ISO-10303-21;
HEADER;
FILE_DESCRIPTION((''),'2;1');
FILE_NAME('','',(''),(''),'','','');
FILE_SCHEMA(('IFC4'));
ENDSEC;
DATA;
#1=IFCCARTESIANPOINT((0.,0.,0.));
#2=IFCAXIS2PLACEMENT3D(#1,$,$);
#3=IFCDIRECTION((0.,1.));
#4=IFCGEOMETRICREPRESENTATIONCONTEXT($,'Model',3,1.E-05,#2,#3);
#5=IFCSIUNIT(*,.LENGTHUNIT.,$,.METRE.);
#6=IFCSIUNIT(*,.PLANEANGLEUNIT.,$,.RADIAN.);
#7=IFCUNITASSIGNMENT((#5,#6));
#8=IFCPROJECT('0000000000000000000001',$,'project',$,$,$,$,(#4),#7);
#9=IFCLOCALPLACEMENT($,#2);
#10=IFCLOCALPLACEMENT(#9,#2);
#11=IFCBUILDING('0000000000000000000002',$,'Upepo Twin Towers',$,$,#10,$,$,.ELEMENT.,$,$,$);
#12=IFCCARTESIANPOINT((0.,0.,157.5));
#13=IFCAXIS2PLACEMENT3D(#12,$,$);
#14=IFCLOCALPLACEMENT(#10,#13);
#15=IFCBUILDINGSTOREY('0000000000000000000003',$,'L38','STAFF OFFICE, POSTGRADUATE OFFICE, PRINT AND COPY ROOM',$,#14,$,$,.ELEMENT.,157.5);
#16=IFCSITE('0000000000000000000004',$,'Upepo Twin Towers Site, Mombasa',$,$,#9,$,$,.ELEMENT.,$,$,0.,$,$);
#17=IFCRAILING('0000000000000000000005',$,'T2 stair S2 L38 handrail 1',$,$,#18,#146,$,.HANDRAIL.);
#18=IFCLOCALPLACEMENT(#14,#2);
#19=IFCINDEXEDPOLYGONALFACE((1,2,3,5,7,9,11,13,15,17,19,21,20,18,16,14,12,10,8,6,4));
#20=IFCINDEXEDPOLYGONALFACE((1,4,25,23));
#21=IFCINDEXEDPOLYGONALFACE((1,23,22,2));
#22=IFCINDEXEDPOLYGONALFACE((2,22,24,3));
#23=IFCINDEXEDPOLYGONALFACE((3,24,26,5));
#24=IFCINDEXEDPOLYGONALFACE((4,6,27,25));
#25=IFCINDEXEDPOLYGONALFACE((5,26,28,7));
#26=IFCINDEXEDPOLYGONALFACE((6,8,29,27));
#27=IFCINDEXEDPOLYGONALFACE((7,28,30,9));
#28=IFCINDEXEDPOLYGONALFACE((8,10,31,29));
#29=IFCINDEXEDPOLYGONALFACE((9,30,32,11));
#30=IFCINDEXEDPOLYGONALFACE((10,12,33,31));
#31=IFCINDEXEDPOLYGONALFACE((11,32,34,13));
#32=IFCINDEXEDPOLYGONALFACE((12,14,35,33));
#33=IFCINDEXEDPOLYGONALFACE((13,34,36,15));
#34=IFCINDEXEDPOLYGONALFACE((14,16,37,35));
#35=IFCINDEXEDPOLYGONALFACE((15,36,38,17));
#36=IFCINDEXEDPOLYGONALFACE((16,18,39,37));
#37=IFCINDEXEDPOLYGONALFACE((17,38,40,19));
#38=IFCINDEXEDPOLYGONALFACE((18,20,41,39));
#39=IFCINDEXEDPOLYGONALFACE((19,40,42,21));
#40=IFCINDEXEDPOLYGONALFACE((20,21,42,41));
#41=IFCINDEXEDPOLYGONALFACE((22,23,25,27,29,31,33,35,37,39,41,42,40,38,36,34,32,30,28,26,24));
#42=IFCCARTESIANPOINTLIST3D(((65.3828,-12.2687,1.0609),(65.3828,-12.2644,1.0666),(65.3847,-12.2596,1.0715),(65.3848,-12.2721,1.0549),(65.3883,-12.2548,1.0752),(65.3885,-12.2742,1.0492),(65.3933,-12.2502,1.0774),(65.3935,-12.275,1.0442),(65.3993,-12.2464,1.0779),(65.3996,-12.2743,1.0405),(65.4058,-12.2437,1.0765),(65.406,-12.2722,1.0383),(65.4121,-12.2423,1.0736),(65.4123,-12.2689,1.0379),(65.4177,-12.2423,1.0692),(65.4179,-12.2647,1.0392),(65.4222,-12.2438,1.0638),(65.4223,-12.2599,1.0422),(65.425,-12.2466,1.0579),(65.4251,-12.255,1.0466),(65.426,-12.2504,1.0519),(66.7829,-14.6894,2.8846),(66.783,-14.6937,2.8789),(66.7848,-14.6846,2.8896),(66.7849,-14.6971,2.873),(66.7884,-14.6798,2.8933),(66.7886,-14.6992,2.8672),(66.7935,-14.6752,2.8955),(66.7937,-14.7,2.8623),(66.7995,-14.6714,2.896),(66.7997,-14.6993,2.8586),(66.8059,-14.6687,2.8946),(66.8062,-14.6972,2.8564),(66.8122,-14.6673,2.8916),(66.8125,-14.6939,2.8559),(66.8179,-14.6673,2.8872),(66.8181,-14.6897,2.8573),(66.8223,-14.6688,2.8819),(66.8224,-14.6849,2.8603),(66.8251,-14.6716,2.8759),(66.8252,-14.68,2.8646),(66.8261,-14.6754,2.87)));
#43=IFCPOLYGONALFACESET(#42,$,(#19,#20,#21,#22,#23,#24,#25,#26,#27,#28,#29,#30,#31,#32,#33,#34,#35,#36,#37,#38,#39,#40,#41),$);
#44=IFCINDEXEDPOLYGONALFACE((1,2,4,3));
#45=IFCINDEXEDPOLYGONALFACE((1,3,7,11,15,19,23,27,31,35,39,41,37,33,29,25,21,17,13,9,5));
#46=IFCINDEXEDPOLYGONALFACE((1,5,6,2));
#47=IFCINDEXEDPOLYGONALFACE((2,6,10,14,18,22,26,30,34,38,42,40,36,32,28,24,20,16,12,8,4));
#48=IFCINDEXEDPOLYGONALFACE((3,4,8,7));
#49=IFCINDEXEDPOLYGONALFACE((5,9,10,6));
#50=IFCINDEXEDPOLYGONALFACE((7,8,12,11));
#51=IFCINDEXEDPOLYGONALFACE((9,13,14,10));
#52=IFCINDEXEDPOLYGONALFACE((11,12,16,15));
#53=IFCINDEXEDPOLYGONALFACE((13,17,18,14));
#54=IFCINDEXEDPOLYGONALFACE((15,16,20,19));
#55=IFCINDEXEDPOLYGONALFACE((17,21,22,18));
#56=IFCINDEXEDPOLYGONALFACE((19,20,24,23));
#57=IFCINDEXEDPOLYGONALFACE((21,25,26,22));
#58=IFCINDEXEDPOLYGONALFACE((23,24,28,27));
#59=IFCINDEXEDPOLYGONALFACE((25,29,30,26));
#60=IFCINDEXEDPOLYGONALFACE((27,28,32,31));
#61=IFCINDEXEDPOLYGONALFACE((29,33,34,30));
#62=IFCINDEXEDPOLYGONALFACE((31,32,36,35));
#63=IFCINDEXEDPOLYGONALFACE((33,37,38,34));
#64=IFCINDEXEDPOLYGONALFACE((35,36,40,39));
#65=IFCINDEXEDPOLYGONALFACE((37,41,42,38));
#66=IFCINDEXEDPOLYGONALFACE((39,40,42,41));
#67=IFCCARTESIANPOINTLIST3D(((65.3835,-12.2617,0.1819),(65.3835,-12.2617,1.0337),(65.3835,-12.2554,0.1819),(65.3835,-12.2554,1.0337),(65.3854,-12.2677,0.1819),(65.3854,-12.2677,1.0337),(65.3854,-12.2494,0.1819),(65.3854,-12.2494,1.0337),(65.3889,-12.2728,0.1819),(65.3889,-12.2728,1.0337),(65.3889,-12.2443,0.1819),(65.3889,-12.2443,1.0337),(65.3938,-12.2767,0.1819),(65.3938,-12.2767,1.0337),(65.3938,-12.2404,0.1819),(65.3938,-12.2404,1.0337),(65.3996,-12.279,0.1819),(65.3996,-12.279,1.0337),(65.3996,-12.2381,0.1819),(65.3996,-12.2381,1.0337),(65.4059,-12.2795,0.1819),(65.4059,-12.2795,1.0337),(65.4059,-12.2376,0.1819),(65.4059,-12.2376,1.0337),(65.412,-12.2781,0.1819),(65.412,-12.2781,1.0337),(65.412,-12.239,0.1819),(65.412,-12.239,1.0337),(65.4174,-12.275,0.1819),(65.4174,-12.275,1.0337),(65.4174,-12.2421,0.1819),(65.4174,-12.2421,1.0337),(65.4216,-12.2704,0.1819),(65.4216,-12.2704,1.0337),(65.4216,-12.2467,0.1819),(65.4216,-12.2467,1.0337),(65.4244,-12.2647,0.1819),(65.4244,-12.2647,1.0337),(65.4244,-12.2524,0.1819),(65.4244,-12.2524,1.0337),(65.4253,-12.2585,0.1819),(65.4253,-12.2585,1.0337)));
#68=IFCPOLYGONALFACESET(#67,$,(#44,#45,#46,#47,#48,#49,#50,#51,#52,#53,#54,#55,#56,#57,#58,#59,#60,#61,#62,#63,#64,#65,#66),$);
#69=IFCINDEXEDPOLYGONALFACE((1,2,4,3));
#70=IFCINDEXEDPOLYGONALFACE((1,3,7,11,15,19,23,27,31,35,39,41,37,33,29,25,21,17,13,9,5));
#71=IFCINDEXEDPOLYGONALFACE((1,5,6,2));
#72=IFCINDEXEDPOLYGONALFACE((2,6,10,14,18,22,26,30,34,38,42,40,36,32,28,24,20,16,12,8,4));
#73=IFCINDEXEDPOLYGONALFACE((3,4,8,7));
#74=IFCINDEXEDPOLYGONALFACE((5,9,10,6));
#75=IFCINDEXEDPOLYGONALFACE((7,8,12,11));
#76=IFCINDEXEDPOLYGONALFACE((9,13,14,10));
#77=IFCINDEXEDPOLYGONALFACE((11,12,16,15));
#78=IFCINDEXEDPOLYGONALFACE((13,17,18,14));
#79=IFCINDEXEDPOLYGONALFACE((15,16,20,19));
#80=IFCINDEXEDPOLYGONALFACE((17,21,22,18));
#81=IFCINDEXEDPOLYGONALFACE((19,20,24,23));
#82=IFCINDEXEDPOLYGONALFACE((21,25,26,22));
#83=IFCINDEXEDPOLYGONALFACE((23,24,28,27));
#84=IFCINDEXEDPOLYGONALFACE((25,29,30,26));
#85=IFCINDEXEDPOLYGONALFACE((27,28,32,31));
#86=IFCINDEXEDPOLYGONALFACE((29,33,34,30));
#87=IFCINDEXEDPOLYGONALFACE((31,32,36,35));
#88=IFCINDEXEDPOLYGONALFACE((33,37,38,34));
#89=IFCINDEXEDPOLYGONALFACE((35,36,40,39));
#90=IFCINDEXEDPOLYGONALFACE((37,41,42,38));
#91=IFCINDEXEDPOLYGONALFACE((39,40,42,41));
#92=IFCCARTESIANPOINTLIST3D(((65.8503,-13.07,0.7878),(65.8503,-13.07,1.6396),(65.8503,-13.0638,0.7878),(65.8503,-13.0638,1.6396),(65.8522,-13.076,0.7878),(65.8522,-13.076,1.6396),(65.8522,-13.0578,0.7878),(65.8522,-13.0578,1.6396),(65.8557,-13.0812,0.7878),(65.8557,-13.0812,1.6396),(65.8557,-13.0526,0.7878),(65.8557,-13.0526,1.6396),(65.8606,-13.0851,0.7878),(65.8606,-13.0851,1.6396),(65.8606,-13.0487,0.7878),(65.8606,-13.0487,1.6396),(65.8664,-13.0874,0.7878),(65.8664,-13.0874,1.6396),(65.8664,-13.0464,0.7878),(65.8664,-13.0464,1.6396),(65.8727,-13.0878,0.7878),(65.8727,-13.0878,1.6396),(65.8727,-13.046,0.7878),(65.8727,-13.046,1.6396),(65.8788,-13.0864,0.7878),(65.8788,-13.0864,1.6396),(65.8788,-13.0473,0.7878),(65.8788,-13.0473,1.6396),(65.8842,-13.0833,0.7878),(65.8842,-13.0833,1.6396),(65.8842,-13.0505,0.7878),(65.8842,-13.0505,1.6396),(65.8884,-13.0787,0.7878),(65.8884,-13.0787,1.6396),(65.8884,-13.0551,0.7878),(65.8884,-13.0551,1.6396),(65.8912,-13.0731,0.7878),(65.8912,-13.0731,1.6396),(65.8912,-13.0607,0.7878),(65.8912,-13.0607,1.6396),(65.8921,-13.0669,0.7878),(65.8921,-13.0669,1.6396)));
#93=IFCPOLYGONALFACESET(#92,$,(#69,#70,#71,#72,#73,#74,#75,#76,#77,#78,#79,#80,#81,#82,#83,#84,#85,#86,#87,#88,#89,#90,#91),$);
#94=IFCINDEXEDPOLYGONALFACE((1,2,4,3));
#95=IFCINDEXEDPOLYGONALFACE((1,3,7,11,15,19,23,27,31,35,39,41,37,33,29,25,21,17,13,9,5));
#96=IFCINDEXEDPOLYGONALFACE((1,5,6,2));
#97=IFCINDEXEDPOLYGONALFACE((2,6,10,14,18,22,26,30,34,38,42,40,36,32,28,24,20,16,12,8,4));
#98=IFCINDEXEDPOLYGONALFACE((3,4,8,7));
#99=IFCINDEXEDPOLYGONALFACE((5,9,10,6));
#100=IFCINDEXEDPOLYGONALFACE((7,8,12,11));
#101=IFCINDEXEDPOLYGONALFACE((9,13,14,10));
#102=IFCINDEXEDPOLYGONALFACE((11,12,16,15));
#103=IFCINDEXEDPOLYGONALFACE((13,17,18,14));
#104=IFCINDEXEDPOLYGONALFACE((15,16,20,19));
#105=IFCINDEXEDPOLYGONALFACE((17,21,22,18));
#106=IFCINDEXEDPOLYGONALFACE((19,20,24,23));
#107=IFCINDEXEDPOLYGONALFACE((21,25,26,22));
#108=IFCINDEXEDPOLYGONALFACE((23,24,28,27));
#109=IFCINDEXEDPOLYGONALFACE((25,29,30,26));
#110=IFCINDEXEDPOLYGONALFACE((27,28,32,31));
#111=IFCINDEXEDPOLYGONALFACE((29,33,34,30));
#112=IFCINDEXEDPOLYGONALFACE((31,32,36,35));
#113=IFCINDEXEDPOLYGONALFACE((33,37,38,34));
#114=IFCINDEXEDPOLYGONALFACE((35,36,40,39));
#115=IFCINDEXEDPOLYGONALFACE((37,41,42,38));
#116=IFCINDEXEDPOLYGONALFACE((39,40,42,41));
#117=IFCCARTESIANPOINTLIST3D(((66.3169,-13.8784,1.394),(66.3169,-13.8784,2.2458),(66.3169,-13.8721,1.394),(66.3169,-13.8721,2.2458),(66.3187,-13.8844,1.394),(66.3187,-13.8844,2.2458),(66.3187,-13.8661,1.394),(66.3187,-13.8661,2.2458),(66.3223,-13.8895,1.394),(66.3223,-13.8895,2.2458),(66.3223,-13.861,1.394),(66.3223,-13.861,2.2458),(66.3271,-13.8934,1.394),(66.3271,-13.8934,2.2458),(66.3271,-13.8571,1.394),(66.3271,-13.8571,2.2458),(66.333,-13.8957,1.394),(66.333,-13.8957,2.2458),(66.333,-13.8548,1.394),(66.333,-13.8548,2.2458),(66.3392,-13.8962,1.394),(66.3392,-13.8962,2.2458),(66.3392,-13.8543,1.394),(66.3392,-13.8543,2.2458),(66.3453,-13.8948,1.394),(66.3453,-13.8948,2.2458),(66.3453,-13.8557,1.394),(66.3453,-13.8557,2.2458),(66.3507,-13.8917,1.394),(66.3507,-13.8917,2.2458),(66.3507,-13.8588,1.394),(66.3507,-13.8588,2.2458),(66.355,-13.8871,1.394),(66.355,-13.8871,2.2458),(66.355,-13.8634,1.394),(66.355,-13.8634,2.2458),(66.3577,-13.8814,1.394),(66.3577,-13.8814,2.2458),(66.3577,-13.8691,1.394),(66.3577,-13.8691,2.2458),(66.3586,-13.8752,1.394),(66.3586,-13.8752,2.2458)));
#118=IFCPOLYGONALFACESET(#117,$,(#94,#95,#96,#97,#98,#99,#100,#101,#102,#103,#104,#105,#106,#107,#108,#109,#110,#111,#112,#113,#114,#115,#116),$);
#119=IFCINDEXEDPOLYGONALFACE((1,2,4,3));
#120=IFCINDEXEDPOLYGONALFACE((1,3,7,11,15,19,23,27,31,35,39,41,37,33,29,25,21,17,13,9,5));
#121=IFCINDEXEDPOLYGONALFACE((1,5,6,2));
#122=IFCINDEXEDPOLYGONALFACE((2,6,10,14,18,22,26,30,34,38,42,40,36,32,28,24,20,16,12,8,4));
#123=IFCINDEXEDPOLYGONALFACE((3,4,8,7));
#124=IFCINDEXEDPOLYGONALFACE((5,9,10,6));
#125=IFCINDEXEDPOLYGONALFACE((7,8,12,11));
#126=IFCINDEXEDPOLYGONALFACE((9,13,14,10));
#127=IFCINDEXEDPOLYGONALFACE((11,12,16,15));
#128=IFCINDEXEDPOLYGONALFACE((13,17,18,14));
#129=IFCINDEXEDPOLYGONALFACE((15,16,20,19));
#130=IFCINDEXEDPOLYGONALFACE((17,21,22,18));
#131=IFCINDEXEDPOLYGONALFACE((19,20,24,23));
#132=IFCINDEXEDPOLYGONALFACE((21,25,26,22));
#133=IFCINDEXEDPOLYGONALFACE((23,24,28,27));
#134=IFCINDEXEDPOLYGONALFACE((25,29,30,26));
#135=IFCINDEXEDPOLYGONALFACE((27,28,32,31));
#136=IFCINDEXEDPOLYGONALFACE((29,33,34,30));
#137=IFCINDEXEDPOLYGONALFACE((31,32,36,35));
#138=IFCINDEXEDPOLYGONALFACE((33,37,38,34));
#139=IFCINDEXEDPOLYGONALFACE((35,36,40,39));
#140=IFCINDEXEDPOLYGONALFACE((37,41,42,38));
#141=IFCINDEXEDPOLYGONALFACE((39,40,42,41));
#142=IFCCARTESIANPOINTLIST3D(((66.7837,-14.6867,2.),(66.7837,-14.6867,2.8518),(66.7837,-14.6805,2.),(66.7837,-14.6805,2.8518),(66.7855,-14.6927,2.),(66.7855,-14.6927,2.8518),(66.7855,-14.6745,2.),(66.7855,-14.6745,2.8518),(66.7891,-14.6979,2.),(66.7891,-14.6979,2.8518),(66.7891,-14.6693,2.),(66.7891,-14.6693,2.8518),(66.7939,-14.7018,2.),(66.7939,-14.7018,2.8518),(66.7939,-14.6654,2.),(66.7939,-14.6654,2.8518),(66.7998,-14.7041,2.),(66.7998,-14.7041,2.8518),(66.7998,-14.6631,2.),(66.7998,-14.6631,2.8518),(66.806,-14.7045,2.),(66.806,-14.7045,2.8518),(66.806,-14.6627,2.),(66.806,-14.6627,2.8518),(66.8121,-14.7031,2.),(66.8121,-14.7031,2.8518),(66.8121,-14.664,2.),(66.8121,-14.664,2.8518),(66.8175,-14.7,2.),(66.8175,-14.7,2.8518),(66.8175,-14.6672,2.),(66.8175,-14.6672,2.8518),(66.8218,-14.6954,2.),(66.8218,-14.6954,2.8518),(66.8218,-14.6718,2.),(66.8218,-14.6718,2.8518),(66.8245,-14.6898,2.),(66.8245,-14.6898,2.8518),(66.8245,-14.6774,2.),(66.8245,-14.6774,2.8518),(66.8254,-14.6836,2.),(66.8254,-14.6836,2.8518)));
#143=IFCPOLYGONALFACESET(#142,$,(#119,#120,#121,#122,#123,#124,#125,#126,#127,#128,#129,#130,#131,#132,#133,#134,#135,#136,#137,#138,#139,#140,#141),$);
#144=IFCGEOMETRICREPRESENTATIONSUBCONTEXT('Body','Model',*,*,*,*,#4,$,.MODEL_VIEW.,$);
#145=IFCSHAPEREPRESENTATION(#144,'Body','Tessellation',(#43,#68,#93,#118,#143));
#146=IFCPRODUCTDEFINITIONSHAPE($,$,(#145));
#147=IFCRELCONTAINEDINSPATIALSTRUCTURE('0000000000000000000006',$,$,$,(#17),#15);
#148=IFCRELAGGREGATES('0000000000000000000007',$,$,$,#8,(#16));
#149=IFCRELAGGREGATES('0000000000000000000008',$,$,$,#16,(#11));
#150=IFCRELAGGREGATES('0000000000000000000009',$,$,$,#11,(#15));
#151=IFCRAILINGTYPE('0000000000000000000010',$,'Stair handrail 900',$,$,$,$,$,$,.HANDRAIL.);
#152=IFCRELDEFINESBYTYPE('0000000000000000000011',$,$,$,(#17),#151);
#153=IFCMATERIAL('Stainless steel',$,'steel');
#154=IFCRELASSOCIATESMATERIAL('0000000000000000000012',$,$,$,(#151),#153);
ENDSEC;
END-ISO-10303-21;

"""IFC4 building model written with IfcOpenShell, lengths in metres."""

from ifc_helpers import new_model, si_unit, direction, frame, origin, origin_2d, place, context, subcontext, project, spatial, circle, extrude, material, type_object, element, save


model = new_model("IFC4")

# Units and contexts
model_context = context("Model", 3, precision=1e-05, world=origin(), true_north=direction((0.0, 1.0)))
body_context = subcontext(model_context, "Body", "Model", "MODEL_VIEW")
ifc_project = project(units=[si_unit("LENGTHUNIT", "METRE"), si_unit("PLANEANGLEUNIT", "RADIAN")], contexts=[model_context])

# Site, building, storey
site_placement = place(None, origin())
site = spatial("IfcSite", under=ifc_project, at=site_placement, Name="Upepo Twin Towers Site, Mombasa", CompositionType="ELEMENT", RefElevation=0.0)
building_placement = place(site_placement, origin())
building = spatial("IfcBuilding", under=site, at=building_placement, Name="Upepo Twin Towers", CompositionType="ELEMENT")
storey_placement = place(building_placement, frame((0.0, 0.0, 157.5)))
storey = spatial("IfcBuildingStorey", under=building, at=storey_placement, Name="L38", Description="STAFF OFFICE, POSTGRADUATE OFFICE, PRINT AND COPY ROOM", CompositionType="ELEMENT", Elevation=157.5)

# Railing
ifc_material_1 = material(Name="Stainless steel", Category="steel")
railing_type = type_object("IfcRailingType", Name="Stair handrail 900", PredefinedType="HANDRAIL", material=ifc_material_1)
railing_1_placement = place(storey_placement, frame((65.4043, -12.2585, 0.1819)))
element("IfcRailing", 1, at=railing_1_placement, inside=storey, type_object=railing_type, Name="T2 stair S2 L38 handrail 1", PredefinedType="HANDRAIL", context=body_context, shape_type="SweptSolid", body=[
    extrude(circle(Radius=0.0239, at=origin_2d()), frame((0.0, 0.0, 0.876), z_axis=(0.419371, -0.726349, 0.54456), x_axis=(0.866019, 0.500012, 0.0)), (0.0, 0.0, 1.0), 3.3386),
    extrude(circle(Radius=0.021, at=origin_2d()), origin(), (0.0, 0.0, 1.0), 0.8518),
    extrude(circle(Radius=0.021, at=origin_2d()), frame((0.4668, -0.8083, 0.606)), (0.0, 0.0, 1.0), 0.8518),
    extrude(circle(Radius=0.021, at=origin_2d()), frame((0.9333, -1.6167, 1.2122)), (0.0, 0.0, 1.0), 0.8518),
    extrude(circle(Radius=0.021, at=origin_2d()), frame((1.4001, -2.425, 1.8181)), (0.0, 0.0, 1.0), 0.8518),
])

save(model, "model.ifc")
